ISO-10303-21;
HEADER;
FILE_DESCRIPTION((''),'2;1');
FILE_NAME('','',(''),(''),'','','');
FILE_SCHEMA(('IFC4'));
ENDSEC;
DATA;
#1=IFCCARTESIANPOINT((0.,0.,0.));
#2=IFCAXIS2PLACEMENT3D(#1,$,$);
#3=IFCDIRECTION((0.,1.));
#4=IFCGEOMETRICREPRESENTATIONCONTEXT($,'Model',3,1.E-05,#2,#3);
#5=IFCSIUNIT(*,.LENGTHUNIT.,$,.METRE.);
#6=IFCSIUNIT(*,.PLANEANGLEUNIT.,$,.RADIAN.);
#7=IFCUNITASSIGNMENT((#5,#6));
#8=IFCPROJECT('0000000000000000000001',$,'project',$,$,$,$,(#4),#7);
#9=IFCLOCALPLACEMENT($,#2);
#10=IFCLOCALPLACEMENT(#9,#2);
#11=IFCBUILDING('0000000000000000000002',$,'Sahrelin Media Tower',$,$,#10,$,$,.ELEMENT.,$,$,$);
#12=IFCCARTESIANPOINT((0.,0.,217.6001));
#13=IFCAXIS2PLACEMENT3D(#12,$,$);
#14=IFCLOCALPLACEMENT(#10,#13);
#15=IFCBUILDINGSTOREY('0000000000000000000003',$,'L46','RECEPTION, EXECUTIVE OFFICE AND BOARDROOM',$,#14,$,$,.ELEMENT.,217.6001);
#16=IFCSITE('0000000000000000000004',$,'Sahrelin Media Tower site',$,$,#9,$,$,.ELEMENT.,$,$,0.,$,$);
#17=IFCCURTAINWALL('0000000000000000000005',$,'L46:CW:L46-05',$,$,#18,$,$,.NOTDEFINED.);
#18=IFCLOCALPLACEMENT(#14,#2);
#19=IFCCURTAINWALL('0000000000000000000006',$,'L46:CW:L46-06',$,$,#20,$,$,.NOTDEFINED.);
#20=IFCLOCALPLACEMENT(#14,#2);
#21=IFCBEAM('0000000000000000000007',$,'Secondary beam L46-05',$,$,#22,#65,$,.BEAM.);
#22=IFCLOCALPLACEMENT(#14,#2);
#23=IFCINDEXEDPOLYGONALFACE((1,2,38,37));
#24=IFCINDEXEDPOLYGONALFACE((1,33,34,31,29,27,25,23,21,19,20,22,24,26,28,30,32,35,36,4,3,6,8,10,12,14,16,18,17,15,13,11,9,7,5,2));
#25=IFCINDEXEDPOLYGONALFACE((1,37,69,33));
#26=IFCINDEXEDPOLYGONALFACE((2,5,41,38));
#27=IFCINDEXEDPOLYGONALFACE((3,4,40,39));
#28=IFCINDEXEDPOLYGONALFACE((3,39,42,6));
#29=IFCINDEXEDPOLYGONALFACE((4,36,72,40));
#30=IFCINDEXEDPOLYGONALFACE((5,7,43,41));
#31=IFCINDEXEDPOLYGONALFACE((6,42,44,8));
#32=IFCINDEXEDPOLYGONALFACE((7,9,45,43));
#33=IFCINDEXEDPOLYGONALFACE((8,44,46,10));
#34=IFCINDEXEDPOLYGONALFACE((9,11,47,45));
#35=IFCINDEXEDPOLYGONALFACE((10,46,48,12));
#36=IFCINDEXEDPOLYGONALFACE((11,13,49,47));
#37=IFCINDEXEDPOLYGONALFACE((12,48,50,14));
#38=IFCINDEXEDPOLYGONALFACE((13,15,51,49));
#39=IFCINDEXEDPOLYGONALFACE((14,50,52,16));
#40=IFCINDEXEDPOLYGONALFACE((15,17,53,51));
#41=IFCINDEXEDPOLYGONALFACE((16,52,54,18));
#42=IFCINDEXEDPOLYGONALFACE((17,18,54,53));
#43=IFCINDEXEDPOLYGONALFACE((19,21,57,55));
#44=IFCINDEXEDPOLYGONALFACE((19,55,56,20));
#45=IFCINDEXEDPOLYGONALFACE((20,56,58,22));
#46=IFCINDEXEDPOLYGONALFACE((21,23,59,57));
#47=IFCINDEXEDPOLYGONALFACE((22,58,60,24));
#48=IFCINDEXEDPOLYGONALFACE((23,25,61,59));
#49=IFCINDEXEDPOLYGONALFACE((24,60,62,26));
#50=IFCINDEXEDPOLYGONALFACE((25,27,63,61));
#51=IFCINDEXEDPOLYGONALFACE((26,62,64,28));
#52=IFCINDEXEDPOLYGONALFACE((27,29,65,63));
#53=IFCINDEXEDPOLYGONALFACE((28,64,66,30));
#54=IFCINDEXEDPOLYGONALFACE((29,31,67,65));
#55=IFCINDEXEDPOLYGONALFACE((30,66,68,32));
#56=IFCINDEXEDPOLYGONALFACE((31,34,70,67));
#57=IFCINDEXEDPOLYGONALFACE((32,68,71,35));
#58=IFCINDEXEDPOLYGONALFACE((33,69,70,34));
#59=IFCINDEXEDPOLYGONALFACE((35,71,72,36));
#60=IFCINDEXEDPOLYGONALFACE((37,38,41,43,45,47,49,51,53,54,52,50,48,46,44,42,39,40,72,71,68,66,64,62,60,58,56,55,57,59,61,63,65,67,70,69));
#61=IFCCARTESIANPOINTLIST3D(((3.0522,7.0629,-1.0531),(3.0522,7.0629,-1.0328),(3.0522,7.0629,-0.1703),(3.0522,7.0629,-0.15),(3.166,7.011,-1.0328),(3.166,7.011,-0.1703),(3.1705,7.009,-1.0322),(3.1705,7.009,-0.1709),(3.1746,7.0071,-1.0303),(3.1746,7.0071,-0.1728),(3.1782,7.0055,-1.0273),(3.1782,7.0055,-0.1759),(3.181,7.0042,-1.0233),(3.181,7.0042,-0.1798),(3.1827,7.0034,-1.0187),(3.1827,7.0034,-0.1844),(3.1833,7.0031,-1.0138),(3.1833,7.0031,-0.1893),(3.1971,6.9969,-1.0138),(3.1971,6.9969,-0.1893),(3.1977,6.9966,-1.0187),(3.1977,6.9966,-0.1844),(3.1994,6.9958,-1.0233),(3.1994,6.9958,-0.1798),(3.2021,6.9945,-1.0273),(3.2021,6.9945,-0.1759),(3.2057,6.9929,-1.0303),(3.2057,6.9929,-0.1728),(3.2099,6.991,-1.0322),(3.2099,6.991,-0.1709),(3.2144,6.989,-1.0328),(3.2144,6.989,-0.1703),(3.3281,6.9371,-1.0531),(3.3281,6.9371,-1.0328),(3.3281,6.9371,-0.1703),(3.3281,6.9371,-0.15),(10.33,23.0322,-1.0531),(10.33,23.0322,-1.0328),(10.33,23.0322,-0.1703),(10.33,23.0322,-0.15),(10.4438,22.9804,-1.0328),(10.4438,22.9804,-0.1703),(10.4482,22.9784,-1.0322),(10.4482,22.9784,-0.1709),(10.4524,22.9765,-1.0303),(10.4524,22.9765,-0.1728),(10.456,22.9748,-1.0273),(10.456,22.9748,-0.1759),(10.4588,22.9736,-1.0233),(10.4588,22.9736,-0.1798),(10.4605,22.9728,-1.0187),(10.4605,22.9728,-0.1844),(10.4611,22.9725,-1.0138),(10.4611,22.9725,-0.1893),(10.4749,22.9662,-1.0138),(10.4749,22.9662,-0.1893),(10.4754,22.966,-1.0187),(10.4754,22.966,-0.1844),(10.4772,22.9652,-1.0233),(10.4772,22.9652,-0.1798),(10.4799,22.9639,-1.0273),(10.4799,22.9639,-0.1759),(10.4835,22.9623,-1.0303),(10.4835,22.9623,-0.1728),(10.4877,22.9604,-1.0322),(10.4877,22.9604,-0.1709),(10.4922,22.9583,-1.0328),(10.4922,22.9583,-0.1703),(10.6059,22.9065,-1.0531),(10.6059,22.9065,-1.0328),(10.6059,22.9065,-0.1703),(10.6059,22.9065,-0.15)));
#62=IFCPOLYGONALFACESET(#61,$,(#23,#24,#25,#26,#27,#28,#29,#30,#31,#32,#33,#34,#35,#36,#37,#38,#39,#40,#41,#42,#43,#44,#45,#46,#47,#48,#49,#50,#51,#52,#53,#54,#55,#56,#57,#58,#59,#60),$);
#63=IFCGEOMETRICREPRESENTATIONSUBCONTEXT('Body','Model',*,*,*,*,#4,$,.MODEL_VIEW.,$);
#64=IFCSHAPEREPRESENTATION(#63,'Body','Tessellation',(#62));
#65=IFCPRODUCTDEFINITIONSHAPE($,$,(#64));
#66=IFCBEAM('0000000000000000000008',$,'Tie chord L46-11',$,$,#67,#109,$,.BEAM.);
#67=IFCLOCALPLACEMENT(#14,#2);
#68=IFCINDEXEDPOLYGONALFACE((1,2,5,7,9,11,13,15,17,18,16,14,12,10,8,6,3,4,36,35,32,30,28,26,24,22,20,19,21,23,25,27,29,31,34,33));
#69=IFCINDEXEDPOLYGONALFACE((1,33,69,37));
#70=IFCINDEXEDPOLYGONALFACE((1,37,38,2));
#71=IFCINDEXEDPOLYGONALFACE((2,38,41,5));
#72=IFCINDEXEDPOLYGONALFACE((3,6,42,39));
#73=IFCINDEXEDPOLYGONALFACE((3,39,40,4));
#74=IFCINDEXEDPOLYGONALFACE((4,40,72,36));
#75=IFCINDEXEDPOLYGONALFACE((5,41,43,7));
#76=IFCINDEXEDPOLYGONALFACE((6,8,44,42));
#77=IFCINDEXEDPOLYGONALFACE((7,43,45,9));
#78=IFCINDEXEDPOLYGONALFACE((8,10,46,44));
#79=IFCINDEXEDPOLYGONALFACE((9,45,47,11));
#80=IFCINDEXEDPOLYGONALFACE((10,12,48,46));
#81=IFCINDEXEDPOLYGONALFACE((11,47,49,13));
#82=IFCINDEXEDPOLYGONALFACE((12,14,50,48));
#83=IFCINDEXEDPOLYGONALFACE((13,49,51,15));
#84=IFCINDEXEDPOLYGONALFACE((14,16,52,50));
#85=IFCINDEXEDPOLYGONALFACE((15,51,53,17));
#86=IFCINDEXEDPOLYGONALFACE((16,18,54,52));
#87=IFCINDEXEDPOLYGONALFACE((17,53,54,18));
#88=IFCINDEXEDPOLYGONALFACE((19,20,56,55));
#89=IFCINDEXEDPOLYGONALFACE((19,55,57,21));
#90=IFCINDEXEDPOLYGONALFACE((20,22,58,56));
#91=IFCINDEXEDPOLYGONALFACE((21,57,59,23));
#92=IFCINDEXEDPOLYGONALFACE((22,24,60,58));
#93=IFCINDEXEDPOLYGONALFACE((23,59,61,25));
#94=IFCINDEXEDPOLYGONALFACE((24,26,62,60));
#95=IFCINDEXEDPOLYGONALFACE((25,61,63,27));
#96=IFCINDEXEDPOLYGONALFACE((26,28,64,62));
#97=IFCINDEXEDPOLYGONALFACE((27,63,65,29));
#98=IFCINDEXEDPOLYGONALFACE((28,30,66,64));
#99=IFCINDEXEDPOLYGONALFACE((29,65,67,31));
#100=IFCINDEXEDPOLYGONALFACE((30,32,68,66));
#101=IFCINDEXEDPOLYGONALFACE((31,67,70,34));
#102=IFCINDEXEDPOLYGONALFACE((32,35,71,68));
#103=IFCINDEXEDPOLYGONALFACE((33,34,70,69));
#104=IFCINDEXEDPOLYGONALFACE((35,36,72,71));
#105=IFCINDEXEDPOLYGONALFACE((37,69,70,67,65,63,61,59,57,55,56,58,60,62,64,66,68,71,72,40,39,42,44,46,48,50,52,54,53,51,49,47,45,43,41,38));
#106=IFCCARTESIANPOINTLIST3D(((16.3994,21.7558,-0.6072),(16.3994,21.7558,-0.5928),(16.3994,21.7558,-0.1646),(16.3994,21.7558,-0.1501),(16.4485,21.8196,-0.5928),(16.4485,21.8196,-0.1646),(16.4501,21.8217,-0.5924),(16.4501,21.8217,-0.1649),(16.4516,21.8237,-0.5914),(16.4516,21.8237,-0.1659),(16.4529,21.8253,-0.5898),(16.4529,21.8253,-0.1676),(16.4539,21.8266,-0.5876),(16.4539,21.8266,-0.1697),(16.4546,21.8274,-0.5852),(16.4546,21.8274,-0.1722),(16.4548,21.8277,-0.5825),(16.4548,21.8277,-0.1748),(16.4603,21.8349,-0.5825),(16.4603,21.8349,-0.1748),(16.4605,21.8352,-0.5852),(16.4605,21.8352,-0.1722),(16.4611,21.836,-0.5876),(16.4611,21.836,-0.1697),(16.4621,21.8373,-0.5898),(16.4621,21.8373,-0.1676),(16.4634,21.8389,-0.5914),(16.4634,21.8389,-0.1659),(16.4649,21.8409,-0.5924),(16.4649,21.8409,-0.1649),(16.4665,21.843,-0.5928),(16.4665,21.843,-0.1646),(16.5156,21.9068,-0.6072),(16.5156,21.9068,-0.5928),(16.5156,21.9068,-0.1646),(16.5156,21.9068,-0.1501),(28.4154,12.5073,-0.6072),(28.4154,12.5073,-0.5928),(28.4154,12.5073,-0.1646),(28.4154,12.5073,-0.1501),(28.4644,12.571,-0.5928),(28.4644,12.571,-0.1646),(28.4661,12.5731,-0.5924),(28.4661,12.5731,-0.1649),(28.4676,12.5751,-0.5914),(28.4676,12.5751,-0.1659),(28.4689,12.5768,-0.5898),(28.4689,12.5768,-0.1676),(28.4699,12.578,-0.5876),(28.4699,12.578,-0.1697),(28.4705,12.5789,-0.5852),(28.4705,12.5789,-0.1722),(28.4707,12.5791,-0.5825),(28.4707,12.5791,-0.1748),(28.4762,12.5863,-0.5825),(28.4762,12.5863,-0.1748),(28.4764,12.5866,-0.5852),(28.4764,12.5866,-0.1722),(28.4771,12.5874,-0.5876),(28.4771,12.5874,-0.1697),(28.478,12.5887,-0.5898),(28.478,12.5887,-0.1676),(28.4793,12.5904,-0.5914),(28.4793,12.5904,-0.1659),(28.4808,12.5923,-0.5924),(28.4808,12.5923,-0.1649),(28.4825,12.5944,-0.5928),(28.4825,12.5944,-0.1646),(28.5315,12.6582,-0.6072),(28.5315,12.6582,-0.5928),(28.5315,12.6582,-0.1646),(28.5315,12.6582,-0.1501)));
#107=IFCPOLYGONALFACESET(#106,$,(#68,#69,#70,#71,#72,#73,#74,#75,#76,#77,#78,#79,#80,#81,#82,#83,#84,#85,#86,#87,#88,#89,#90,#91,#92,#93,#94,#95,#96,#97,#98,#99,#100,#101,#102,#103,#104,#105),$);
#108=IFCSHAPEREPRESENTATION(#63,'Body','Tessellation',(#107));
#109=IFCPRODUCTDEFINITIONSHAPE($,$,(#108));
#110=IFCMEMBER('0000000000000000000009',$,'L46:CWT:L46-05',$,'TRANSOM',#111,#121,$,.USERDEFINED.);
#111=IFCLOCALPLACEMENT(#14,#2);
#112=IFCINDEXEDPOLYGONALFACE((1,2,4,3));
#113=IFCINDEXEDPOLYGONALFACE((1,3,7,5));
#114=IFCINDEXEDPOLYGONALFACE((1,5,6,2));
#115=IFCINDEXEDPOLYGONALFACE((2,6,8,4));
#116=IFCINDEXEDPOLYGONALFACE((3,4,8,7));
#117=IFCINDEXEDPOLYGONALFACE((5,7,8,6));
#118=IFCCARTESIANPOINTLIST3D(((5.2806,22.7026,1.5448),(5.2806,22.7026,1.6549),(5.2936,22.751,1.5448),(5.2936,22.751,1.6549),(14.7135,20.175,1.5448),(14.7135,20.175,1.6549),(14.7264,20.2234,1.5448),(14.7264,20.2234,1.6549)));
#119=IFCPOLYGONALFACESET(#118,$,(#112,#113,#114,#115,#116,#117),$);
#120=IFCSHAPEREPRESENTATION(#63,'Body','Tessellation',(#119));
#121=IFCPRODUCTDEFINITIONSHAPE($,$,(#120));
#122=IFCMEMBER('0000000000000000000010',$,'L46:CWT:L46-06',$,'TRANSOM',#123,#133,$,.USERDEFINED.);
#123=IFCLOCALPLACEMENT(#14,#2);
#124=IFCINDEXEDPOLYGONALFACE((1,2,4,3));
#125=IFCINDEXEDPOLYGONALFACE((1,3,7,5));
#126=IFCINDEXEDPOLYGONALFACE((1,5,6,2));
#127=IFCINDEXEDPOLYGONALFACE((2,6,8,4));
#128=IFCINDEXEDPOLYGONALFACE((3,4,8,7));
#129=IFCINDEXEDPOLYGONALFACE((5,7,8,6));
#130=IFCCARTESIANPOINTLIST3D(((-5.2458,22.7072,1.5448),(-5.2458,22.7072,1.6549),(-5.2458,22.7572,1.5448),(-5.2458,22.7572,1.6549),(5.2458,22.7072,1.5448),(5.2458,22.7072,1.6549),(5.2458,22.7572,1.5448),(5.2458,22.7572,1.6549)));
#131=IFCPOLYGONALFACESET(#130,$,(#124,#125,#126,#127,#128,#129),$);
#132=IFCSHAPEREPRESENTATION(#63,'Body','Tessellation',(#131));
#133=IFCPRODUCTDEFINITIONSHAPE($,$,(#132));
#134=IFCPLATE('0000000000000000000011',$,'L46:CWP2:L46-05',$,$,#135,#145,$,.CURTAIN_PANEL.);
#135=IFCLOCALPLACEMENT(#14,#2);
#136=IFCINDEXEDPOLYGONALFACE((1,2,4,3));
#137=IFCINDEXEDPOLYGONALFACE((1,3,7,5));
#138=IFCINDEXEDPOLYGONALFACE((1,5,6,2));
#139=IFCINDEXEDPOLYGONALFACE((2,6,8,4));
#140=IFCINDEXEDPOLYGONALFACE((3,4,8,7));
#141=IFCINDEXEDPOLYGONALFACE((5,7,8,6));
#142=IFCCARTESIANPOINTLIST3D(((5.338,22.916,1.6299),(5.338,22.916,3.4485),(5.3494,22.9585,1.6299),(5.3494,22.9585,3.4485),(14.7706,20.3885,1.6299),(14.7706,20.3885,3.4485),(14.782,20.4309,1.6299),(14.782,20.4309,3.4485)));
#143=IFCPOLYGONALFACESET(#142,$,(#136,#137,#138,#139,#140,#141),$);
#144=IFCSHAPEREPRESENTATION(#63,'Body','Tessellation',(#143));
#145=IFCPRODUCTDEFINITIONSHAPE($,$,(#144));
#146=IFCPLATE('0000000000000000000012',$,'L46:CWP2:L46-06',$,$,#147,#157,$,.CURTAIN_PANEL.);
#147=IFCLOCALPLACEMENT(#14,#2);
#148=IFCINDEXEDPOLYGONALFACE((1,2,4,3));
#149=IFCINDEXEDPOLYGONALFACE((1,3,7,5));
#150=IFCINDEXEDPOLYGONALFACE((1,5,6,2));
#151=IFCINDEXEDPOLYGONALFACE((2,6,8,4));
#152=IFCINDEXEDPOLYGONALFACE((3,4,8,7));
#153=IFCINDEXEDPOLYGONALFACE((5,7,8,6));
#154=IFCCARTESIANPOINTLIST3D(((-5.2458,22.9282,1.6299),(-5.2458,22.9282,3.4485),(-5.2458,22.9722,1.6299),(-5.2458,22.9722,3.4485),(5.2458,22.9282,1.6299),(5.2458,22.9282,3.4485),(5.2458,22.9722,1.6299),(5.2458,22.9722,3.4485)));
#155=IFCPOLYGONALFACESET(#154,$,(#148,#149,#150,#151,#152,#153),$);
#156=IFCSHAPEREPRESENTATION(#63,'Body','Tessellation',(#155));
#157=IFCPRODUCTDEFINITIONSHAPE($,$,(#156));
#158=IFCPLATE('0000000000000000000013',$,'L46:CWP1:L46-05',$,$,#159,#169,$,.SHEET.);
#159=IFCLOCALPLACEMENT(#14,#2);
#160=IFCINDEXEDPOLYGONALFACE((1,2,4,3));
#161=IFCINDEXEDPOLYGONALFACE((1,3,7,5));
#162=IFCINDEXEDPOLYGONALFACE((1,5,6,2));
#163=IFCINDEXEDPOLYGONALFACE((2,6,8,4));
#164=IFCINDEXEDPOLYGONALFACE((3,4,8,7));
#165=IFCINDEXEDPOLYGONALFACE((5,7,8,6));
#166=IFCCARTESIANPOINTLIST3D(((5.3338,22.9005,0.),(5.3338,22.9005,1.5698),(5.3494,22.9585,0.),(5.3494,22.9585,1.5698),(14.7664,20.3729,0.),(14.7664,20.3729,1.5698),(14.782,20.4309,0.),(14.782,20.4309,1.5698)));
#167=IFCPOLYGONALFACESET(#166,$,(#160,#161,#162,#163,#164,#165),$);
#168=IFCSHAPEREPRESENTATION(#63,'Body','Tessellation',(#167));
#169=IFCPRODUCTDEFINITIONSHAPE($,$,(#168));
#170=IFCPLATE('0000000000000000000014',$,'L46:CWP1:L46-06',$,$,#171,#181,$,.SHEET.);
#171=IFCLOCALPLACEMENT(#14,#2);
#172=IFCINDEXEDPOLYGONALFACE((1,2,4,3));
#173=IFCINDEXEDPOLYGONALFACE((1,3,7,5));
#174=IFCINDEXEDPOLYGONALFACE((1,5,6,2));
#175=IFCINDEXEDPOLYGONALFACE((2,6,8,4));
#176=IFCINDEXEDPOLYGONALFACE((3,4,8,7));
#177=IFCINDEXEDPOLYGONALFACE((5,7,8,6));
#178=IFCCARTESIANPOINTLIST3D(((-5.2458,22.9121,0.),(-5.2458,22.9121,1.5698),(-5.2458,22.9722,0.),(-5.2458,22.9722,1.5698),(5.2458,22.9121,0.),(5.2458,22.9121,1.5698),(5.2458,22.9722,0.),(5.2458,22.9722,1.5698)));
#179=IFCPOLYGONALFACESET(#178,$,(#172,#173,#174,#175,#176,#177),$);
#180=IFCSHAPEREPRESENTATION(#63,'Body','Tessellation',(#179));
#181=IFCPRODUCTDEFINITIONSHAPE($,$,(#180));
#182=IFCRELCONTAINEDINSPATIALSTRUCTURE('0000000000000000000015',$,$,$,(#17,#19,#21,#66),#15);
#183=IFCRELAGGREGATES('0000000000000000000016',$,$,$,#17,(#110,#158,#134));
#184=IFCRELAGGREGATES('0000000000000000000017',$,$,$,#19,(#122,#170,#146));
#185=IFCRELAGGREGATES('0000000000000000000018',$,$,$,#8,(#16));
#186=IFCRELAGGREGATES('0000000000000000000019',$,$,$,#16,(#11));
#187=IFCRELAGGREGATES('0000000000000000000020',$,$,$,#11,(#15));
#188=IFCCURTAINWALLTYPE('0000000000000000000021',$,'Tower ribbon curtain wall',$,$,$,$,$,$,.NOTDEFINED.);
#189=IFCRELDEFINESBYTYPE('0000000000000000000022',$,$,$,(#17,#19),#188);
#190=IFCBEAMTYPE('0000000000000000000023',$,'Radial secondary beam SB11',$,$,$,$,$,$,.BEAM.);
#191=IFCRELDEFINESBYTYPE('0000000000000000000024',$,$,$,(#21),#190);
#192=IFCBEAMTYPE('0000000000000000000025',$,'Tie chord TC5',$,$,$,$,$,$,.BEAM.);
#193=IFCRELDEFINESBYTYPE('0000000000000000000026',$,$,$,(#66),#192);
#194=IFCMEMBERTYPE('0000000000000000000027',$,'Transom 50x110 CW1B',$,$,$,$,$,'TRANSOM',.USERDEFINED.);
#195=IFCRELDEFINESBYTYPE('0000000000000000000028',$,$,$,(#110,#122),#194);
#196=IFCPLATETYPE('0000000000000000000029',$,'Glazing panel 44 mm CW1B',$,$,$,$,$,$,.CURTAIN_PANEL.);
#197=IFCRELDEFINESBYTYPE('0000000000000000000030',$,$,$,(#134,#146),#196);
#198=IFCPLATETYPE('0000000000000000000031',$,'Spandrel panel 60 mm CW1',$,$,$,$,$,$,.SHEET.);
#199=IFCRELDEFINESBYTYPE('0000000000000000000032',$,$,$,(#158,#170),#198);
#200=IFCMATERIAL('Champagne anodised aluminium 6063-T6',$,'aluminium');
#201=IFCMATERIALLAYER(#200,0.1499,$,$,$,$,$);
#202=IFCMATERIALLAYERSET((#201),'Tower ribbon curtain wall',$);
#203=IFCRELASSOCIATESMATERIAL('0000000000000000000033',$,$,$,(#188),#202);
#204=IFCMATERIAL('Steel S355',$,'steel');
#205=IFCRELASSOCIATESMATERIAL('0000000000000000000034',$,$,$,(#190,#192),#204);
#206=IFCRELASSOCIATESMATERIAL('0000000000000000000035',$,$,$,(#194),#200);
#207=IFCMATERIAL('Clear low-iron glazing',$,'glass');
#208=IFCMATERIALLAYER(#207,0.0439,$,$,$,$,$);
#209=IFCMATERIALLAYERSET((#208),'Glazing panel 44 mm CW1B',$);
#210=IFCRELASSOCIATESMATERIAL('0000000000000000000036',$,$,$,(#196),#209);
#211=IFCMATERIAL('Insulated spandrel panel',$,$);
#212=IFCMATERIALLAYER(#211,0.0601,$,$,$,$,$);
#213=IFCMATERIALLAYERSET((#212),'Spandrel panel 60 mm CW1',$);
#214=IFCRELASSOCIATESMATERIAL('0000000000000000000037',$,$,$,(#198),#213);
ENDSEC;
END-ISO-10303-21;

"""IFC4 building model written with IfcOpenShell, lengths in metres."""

from ifc_helpers import new_model, si_unit, direction, frame, origin, origin_2d, place, context, subcontext, project, spatial, polyline, rectangle, i_section, outline, extrude, material, layer, layer_set, material_profile, profile_set, type_object, element, aggregate, save


model = new_model("IFC4")

# Units and contexts
model_context = context("Model", 3, precision=1e-05, world=origin(), true_north=direction((0.0, 1.0)))
body_context = subcontext(model_context, "Body", "Model", "MODEL_VIEW")
ifc_project = project(units=[si_unit("LENGTHUNIT", "METRE"), si_unit("PLANEANGLEUNIT", "RADIAN")], contexts=[model_context])

# Site, building, storey
site_placement = place(None, origin())
site = spatial("IfcSite", under=ifc_project, at=site_placement, Name="Sahrelin Media Tower site", CompositionType="ELEMENT", RefElevation=0.0)
building_placement = place(site_placement, origin())
building = spatial("IfcBuilding", under=site, at=building_placement, Name="Sahrelin Media Tower", CompositionType="ELEMENT")
storey_placement = place(building_placement, frame((0.0, 0.0, 217.6001)))
storey = spatial("IfcBuildingStorey", under=building, at=storey_placement, Name="L46", Description="RECEPTION, EXECUTIVE OFFICE AND BOARDROOM", CompositionType="ELEMENT", Elevation=217.6001)

# Shared definitions
ifc_material_1 = material(Name="Steel S355", Category="steel")

# Curtain walls
ifc_material_2 = material(Name="Champagne anodised aluminium 6063-T6", Category="aluminium")
ifc_layer_1 = layer(ifc_material_2, 0.1499)
ifc_layer_set_1 = layer_set([ifc_layer_1], Name="Tower ribbon curtain wall")
curtain_wall_type = type_object("IfcCurtainWallType", Name="Tower ribbon curtain wall", PredefinedType="NOTDEFINED", material=ifc_layer_set_1)
curtain_wall_1_placement = place(storey_placement, frame((10.0603, 21.6753, 0.0), z_axis=(0.0, 0.0, 1.0), x_axis=(1.0, 0.0, 0.0)))
curtain_wall_1 = element("IfcCurtainWall", 1, at=curtain_wall_1_placement, inside=storey, type_object=curtain_wall_type, Name="L46:CW:L46-05", PredefinedType="NOTDEFINED")
placement_1 = place(storey_placement, frame((0.0, 22.9521, 0.0), z_axis=(0.0, 0.0, 1.0), x_axis=(1.0, 0.0, 0.0)))
curtain_wall_2 = element("IfcCurtainWall", 2, at=placement_1, inside=storey, type_object=curtain_wall_type, Name="L46:CW:L46-06", PredefinedType="NOTDEFINED")

# Beams
ifc_material_profile_1 = material_profile(ifc_material_1, i_section(OverallWidth=0.3032, OverallDepth=0.9031, WebThickness=0.0151, FlangeThickness=0.0203, FilletRadius=0.019, at=origin_2d()), Name="UB 914x305x201")
ifc_profile_set_1 = profile_set([ifc_material_profile_1], Name="Steel S355")
beam_type_1 = type_object("IfcBeamType", Name="Radial secondary beam SB11", PredefinedType="BEAM", material=ifc_profile_set_1)
beam_1_placement = place(storey_placement, frame((3.1902, 7.0, -0.6016), z_axis=(0.414699, 0.909959, 0.0), x_axis=(-0.909959, 0.414699, 0.0)))
element("IfcBeam", 3, at=beam_1_placement, inside=storey, type_object=beam_type_1, Name="Secondary beam L46-05", PredefinedType="BEAM", context=body_context, shape_type="SweptSolid", body=[
    extrude(i_section(OverallWidth=0.3032, OverallDepth=0.9031, WebThickness=0.0151, FlangeThickness=0.0203, FilletRadius=0.019, at=origin_2d()), origin(), (0.0, 0.0, 1.0), 17.5496),
])
ifc_material_profile_2 = material_profile(ifc_material_1, i_section(OverallWidth=0.1904, OverallDepth=0.457, WebThickness=0.009, FlangeThickness=0.0144, FilletRadius=0.0103, at=origin_2d()), Name="UB 457x191x74")
ifc_profile_set_2 = profile_set([ifc_material_profile_2], Name="Steel S355")
beam_type_2 = type_object("IfcBeamType", Name="Tie chord TC5", PredefinedType="BEAM", material=ifc_profile_set_2)
beam_2_placement = place(storey_placement, frame((16.4575, 21.8313, -0.3787), z_axis=(0.792447, -0.609941, 0.0), x_axis=(0.609941, 0.792447, 0.0)))
element("IfcBeam", 4, at=beam_2_placement, inside=storey, type_object=beam_type_2, Name="Tie chord L46-11", PredefinedType="BEAM", context=body_context, shape_type="SweptSolid", body=[
    extrude(i_section(OverallWidth=0.1904, OverallDepth=0.457, WebThickness=0.009, FlangeThickness=0.0144, FilletRadius=0.0103, at=origin_2d()), origin(), (0.0, 0.0, 1.0), 15.1631),
])

# Members
ifc_material_profile_3 = material_profile(ifc_material_2, rectangle(XDim=0.05, YDim=0.1101, at=origin_2d()), Name="Transom 50x110")
ifc_profile_set_3 = profile_set([ifc_material_profile_3], Name="Champagne anodised aluminium 6063-T6")
member_type_1 = type_object("IfcMemberType", Name="Transom 50x110 CW1B", ElementType="TRANSOM", PredefinedType="USERDEFINED", material=ifc_profile_set_3)
member_1_placement = place(storey_placement, frame((14.72, 20.1992, 1.5999), z_axis=(-0.965924, 0.258825, 0.0), x_axis=(-0.258825, -0.965924, 0.0)))
member_1 = element("IfcMember", 5, at=member_1_placement, type_object=member_type_1, Name="L46:CWT:L46-05", ObjectType="TRANSOM", PredefinedType="USERDEFINED", context=body_context, shape_type="SweptSolid", body=[
    extrude(rectangle(XDim=0.05, YDim=0.1101, at=origin_2d()), origin(), (0.0, 0.0, 1.0), 9.7656),
])
member_2_placement = place(storey_placement, frame((5.2458, 22.7322, 1.5999), z_axis=(-1.0, 0.0, 0.0), x_axis=(0.0, -1.0, 0.0)))
member_2 = element("IfcMember", 6, at=member_2_placement, type_object=member_type_1, Name="L46:CWT:L46-06", ObjectType="TRANSOM", PredefinedType="USERDEFINED", context=body_context, shape_type="SweptSolid", body=[
    extrude(rectangle(XDim=0.05, YDim=0.1101, at=origin_2d()), origin(), (0.0, 0.0, 1.0), 10.4917),
])

# Plates
ifc_material_3 = material(Name="Clear low-iron glazing", Category="glass")
ifc_layer_2 = layer(ifc_material_3, 0.0439)
ifc_layer_set_2 = layer_set([ifc_layer_2], Name="Glazing panel 44 mm CW1B")
plate_type_1 = type_object("IfcPlateType", Name="Glazing panel 44 mm CW1B", PredefinedType="CURTAIN_PANEL", material=ifc_layer_set_2)
plate_1_placement = place(storey_placement, frame((14.782, 20.4309, 1.6299), z_axis=(0.258831, 0.965923, 0.0), x_axis=(-0.965923, 0.258831, 0.0)))
plate_1 = element("IfcPlate", 7, at=plate_1_placement, type_object=plate_type_1, Name="L46:CWP2:L46-05", PredefinedType="CURTAIN_PANEL", context=body_context, shape_type="SweptSolid", body=[
    extrude(outline(polyline([(0.0, 0.0), (9.7654, 0.0), (9.7654, 1.8186), (0.0, 1.8186), (0.0, 0.0)])), origin(), (0.0, 0.0, -1.0), 0.0439),
])
plate_2_placement = place(storey_placement, frame((5.2458, 22.9722, 1.6299), z_axis=(0.0, 1.0, 0.0), x_axis=(-1.0, 0.0, 0.0)))
plate_2 = element("IfcPlate", 8, at=plate_2_placement, type_object=plate_type_1, Name="L46:CWP2:L46-06", PredefinedType="CURTAIN_PANEL", context=body_context, shape_type="SweptSolid", body=[
    extrude(outline(polyline([(0.0, 0.0), (10.4917, 0.0), (10.4917, 1.8186), (0.0, 1.8186), (0.0, 0.0)])), origin(), (0.0, 0.0, -1.0), 0.0439),
])
ifc_material_4 = material(Name="Insulated spandrel panel")
ifc_layer_3 = layer(ifc_material_4, 0.0601)
ifc_layer_set_3 = layer_set([ifc_layer_3], Name="Spandrel panel 60 mm CW1")
plate_type_2 = type_object("IfcPlateType", Name="Spandrel panel 60 mm CW1", PredefinedType="SHEET", material=ifc_layer_set_3)
plate_3_placement = place(storey_placement, frame((14.782, 20.4309, 0.0), z_axis=(0.258831, 0.965923, 0.0), x_axis=(-0.965923, 0.258831, 0.0)))
plate_3 = element("IfcPlate", 9, at=plate_3_placement, type_object=plate_type_2, Name="L46:CWP1:L46-05", PredefinedType="SHEET", context=body_context, shape_type="SweptSolid", body=[
    extrude(outline(polyline([(0.0, 0.0), (9.7654, 0.0), (9.7654, 1.5698), (0.0, 1.5698), (0.0, 0.0)])), origin(), (0.0, 0.0, -1.0), 0.0601),
])
aggregate(curtain_wall_1, [member_1, plate_3, plate_1])
plate_4_placement = place(storey_placement, frame((5.2458, 22.9722, 0.0), z_axis=(0.0, 1.0, 0.0), x_axis=(-1.0, 0.0, 0.0)))
plate_4 = element("IfcPlate", 10, at=plate_4_placement, type_object=plate_type_2, Name="L46:CWP1:L46-06", PredefinedType="SHEET", context=body_context, shape_type="SweptSolid", body=[
    extrude(outline(polyline([(0.0, 0.0), (10.4917, 0.0), (10.4917, 1.5698), (0.0, 1.5698), (0.0, 0.0)])), origin(), (0.0, 0.0, -1.0), 0.0601),
])
aggregate(curtain_wall_2, [member_2, plate_4, plate_2])

save(model, "model.ifc")
